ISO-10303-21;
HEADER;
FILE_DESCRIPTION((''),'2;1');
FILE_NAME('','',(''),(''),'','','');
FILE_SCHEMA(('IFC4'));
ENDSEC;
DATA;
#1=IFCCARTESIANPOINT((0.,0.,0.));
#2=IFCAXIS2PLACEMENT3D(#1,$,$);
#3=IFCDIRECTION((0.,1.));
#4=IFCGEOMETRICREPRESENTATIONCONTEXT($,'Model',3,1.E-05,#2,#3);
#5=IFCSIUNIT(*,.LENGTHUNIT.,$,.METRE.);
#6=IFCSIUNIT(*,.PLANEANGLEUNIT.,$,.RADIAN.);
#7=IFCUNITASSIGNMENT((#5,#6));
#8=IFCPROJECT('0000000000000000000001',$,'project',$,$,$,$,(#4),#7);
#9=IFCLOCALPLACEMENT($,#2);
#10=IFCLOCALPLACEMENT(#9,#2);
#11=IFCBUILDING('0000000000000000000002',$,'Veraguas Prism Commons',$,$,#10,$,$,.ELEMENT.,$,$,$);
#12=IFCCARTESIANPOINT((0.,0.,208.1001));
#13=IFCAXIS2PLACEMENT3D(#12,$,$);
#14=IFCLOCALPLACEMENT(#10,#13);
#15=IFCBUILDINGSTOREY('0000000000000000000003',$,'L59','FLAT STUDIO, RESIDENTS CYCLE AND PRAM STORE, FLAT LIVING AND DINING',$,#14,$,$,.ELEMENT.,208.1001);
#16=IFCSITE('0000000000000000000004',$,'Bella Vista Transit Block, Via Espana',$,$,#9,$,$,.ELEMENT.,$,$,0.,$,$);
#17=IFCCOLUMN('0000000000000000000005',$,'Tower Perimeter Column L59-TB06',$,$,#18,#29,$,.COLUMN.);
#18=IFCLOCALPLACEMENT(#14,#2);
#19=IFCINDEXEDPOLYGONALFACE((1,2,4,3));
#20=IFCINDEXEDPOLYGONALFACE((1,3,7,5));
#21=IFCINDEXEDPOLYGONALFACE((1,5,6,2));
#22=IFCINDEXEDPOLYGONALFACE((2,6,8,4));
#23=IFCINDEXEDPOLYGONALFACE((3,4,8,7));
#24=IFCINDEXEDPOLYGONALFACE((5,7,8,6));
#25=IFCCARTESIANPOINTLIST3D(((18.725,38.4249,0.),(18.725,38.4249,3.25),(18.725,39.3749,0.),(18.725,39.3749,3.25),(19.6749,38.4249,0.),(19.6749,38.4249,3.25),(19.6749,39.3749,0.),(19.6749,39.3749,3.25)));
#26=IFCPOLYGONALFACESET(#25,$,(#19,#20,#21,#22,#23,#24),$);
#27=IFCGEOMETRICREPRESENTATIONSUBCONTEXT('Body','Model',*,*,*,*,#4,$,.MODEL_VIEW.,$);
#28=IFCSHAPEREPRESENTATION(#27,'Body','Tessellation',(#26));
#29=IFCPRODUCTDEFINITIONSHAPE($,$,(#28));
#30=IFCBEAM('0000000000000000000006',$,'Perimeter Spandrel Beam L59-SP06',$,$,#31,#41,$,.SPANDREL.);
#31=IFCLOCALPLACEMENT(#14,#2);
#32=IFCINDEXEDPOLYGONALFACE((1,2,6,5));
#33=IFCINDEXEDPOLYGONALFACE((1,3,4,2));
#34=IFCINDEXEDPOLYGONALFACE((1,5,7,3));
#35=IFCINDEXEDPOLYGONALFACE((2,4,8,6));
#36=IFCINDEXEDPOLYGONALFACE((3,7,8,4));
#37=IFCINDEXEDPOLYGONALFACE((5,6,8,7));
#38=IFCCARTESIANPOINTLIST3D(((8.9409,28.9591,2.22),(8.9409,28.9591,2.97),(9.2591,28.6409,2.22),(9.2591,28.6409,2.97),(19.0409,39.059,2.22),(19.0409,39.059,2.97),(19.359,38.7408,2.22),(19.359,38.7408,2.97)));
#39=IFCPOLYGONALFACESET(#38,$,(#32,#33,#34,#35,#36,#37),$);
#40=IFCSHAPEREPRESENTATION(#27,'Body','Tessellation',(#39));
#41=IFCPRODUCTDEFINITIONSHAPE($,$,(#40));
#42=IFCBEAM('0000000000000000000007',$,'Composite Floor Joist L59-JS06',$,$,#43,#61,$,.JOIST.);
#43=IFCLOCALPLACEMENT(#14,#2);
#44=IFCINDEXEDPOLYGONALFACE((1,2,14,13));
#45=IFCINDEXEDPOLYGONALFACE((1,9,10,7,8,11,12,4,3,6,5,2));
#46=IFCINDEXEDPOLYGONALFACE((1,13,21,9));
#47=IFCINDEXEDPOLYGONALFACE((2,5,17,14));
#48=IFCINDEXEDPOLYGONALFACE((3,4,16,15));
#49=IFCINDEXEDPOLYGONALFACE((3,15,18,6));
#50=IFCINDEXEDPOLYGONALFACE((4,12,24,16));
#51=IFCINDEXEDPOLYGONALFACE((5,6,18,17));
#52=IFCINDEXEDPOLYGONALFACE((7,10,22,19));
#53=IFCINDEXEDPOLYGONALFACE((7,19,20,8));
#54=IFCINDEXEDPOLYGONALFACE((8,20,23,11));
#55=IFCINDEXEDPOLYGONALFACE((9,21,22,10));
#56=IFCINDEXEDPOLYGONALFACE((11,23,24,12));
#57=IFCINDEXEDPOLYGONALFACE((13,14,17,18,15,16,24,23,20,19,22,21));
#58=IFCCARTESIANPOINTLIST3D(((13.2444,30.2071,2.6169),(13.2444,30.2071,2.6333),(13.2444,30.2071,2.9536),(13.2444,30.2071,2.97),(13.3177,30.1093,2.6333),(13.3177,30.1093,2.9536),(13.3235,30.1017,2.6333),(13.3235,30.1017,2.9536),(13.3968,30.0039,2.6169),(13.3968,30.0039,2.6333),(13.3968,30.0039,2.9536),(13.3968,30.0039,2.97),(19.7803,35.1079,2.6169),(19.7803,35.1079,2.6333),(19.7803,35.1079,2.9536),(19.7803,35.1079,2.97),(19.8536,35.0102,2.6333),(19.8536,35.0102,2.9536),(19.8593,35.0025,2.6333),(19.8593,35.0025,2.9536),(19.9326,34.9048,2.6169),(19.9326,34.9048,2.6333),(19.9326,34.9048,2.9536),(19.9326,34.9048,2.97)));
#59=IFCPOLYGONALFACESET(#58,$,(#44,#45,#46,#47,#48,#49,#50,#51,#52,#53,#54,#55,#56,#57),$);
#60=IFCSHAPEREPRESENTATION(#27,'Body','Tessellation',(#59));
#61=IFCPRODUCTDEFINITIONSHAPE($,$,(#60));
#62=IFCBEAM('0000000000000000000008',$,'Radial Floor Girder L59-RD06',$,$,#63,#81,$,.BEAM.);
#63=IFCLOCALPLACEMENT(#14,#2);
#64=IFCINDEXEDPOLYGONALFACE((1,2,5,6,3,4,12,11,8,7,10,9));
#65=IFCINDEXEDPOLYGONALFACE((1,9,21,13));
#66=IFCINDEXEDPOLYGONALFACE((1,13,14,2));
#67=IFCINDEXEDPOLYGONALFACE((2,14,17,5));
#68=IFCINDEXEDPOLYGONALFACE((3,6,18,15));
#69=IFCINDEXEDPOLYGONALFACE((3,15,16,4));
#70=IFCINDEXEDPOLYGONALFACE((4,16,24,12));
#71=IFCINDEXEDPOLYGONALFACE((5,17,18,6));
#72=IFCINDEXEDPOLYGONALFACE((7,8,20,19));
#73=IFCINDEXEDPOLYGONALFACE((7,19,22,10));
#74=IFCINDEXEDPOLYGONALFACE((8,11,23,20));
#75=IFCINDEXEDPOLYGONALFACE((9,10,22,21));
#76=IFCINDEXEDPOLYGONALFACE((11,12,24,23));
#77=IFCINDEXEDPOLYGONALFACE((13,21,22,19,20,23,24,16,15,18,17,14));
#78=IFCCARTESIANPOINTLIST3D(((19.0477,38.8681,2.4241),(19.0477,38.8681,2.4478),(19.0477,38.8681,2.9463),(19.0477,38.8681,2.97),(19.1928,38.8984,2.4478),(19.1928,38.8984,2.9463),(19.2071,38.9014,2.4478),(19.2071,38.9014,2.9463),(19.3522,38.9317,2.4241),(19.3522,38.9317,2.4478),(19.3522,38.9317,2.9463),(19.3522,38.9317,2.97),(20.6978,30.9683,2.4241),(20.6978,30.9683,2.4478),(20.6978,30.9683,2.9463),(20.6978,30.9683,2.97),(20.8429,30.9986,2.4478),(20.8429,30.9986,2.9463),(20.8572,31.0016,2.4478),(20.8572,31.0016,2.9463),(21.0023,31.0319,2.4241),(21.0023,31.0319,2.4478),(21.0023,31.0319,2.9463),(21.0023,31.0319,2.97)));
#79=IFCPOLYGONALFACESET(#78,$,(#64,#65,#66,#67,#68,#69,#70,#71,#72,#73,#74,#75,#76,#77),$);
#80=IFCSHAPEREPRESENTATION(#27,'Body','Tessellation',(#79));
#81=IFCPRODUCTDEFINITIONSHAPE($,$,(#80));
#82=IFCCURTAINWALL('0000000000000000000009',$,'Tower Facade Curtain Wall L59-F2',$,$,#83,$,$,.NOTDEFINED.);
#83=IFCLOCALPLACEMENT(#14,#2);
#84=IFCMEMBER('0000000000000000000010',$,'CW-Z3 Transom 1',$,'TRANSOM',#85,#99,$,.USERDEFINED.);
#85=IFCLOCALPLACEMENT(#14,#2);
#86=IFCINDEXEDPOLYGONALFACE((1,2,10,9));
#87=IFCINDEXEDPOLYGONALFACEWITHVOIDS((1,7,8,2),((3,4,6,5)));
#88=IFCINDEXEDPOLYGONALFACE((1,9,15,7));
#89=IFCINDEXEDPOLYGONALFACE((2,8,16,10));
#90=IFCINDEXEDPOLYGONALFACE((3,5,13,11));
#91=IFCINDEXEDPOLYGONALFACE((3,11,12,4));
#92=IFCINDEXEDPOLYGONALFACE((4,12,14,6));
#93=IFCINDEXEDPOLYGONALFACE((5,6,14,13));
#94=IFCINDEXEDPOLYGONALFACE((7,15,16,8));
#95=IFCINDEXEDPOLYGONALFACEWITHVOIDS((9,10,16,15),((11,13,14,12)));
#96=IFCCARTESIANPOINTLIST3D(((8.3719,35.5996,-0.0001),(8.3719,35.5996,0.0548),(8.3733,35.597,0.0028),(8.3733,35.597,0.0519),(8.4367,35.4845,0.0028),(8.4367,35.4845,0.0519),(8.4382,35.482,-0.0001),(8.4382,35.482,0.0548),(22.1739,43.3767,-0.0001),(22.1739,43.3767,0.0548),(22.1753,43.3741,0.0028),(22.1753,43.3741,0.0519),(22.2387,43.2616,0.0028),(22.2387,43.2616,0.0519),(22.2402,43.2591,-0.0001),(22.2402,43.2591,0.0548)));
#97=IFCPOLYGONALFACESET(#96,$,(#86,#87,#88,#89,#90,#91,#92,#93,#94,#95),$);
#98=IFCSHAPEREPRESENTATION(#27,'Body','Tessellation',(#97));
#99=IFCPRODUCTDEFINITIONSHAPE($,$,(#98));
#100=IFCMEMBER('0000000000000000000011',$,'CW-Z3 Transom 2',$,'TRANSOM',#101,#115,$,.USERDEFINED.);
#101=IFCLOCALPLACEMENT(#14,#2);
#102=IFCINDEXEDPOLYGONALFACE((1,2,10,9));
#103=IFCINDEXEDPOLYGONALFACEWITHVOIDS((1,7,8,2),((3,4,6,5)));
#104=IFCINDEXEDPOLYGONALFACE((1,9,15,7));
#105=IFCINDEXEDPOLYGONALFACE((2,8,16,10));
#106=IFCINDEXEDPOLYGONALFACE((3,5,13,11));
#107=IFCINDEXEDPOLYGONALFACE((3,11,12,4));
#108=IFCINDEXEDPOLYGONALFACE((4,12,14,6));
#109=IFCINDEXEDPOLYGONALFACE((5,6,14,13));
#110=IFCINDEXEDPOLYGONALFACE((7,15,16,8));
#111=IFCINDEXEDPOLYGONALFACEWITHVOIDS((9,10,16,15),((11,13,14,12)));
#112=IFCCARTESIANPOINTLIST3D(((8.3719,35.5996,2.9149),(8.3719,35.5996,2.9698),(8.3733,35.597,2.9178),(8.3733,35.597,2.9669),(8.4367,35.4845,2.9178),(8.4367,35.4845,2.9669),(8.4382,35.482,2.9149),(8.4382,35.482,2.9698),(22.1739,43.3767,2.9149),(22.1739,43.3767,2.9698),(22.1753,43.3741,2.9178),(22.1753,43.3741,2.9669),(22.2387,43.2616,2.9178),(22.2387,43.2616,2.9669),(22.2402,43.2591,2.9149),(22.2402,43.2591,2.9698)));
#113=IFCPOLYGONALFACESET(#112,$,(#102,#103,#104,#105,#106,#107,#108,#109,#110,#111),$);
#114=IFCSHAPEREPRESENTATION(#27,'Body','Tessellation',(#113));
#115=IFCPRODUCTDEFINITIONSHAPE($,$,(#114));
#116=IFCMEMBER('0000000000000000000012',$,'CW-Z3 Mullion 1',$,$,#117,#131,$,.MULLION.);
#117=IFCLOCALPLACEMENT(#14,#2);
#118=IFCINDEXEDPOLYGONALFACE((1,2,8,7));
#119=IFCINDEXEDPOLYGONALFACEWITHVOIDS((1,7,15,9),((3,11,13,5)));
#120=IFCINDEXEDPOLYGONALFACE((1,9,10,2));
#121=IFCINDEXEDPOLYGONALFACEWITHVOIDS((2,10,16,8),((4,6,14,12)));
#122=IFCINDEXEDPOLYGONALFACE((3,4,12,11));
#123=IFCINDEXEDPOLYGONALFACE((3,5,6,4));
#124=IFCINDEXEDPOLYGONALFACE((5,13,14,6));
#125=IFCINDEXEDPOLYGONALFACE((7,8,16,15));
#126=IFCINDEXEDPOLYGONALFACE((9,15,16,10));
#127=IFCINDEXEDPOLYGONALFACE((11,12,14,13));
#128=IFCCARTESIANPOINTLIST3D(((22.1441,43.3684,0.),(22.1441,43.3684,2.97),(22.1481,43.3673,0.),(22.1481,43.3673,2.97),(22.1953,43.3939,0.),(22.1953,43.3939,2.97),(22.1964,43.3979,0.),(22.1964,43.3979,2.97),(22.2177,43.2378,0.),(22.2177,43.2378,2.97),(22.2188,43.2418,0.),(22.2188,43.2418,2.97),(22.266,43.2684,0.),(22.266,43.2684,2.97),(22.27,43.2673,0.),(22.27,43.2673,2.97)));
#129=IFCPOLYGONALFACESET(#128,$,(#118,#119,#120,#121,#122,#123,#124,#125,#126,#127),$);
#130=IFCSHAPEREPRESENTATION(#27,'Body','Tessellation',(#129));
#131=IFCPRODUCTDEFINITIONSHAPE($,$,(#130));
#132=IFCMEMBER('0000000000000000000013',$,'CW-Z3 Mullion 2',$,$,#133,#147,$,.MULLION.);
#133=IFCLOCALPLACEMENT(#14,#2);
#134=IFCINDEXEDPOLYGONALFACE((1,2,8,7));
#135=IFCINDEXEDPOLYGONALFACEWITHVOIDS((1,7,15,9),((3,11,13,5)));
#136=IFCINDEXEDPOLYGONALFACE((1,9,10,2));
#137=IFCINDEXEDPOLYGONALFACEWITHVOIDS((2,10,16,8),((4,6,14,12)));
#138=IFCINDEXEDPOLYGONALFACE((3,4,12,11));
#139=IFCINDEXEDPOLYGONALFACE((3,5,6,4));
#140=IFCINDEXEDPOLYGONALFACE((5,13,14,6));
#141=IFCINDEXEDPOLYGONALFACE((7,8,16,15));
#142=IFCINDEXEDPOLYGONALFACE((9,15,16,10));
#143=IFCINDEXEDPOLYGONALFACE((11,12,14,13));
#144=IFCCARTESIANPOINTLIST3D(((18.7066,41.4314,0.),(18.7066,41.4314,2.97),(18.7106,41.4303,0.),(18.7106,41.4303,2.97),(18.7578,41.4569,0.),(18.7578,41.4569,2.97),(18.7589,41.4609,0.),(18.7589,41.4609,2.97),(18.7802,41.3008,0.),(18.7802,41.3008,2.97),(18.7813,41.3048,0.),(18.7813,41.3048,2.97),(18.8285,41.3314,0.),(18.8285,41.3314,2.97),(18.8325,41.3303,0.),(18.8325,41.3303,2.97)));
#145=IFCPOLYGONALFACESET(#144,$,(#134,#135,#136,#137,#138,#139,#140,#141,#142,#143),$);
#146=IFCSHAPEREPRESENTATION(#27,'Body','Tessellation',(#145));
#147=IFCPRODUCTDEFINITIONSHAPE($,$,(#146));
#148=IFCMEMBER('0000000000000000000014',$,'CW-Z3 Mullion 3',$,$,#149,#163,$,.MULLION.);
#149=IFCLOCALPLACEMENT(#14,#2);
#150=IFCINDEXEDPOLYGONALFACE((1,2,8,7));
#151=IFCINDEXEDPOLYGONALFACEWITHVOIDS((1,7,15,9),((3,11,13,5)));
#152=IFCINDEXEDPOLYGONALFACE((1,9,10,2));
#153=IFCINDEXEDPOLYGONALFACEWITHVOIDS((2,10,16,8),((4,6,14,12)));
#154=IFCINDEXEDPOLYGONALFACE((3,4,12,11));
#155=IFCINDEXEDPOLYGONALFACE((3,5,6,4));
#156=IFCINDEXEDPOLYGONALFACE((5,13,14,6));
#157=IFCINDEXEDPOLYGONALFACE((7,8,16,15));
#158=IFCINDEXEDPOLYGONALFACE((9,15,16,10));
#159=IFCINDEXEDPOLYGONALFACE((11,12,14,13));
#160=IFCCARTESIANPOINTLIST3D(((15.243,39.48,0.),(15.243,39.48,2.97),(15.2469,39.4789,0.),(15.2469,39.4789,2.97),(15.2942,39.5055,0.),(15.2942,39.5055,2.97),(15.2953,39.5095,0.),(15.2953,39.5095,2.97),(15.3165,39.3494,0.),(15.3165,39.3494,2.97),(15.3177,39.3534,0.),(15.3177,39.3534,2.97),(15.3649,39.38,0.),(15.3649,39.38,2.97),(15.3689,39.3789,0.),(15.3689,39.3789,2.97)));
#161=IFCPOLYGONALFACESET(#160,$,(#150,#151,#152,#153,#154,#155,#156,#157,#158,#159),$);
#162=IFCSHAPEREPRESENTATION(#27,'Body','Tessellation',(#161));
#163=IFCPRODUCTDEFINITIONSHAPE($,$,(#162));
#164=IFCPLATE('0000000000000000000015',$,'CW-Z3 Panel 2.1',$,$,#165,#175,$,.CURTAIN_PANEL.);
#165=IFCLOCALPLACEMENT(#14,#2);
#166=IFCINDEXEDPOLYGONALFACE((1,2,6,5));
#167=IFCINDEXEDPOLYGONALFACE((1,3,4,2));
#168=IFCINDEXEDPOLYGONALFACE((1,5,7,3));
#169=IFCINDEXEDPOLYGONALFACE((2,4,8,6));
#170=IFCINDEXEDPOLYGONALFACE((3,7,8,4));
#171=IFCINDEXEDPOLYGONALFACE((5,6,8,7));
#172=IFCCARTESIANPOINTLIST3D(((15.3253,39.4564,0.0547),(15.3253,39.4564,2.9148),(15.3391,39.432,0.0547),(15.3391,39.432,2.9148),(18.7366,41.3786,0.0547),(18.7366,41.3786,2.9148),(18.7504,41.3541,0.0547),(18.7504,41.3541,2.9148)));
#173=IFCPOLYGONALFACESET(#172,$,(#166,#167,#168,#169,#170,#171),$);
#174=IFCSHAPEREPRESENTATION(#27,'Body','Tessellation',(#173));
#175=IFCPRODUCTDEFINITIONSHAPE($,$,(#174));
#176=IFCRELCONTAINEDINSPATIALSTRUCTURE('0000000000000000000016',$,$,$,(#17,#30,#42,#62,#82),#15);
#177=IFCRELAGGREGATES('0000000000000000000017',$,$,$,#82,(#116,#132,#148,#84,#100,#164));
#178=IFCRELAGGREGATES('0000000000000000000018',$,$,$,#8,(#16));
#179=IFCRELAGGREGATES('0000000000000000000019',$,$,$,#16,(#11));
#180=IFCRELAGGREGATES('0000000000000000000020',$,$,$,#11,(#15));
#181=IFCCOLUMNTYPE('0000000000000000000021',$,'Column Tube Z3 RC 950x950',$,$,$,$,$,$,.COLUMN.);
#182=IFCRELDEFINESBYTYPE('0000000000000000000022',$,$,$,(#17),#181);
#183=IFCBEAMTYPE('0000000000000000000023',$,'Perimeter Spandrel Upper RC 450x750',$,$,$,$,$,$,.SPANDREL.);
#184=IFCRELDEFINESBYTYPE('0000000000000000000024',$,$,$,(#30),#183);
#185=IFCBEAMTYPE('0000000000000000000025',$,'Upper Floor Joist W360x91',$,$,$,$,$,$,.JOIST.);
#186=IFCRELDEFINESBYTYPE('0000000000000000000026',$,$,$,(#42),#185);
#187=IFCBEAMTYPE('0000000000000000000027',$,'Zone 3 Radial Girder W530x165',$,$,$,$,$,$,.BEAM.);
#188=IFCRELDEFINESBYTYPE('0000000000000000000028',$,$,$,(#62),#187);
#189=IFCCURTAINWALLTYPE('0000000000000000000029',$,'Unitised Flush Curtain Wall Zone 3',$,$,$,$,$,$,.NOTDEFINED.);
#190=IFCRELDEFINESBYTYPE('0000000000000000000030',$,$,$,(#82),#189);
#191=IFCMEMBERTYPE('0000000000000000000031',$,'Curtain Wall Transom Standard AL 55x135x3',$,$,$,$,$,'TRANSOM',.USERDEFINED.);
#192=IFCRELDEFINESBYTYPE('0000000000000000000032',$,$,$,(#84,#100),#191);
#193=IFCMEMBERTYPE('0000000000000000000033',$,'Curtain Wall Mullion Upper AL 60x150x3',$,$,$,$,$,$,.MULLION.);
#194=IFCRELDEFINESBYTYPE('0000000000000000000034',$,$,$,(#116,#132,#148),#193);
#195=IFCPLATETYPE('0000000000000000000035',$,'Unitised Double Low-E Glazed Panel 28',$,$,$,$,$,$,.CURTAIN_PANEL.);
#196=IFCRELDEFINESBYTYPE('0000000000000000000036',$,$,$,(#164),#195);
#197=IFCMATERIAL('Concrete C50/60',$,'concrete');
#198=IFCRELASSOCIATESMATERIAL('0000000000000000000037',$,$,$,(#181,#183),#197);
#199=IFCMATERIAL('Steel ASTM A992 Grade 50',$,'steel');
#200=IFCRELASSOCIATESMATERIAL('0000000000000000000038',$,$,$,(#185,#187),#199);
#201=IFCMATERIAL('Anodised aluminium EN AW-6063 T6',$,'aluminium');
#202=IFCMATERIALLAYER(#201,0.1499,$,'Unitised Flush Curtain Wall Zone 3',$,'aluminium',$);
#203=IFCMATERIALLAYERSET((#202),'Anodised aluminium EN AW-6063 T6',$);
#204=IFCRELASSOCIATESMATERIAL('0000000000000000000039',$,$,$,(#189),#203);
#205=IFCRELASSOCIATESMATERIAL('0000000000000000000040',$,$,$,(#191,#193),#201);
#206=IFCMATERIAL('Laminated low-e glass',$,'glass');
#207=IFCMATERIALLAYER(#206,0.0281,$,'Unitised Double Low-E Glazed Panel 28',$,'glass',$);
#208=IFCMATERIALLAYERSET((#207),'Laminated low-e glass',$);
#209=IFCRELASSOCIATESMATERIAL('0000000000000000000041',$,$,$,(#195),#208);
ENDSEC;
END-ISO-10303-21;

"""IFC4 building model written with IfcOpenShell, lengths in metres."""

from ifc_helpers import new_model, si_unit, direction, frame, origin, origin_2d, place, context, subcontext, project, spatial, rectangle, hollow_rectangle, i_section, extrude, source, transform, mapped, material, layer, layer_set, material_profile, profile_set, type_object, element, aggregate, save


model = new_model("IFC4")

# Units and contexts
model_context = context("Model", 3, precision=1e-05, world=origin(), true_north=direction((0.0, 1.0)))
body_context = subcontext(model_context, "Body", "Model", "MODEL_VIEW")
ifc_project = project(units=[si_unit("LENGTHUNIT", "METRE"), si_unit("PLANEANGLEUNIT", "RADIAN")], contexts=[model_context])

# Site, building, storey
site_placement = place(None, origin())
site = spatial("IfcSite", under=ifc_project, at=site_placement, Name="Bella Vista Transit Block, Via Espana", CompositionType="ELEMENT", RefElevation=0.0)
building_placement = place(site_placement, origin())
building = spatial("IfcBuilding", under=site, at=building_placement, Name="Veraguas Prism Commons", CompositionType="ELEMENT")
storey_placement = place(building_placement, frame((0.0, 0.0, 208.1001)))
storey = spatial("IfcBuildingStorey", under=building, at=storey_placement, Name="L59", Description="FLAT STUDIO, RESIDENTS CYCLE AND PRAM STORE, FLAT LIVING AND DINING", CompositionType="ELEMENT", Elevation=208.1001)

# Column
ifc_material_1 = material(Name="Concrete C50/60", Category="concrete")
ifc_material_profile_1 = material_profile(ifc_material_1, rectangle(XDim=0.95, YDim=0.95, at=origin_2d()), Name="RC950X950")
ifc_profile_set_1 = profile_set([ifc_material_profile_1], Name="Concrete C50/60")
column_type = type_object("IfcColumnType", Name="Column Tube Z3 RC 950x950", PredefinedType="COLUMN", material=ifc_profile_set_1)
column_placement = place(storey_placement, frame((19.2, 38.8999, 0.0), z_axis=(0.0, 0.0, 1.0), x_axis=(1.0, 0.0, 0.0)))
element("IfcColumn", 1, at=column_placement, inside=storey, type_object=column_type, Name="Tower Perimeter Column L59-TB06", PredefinedType="COLUMN", context=body_context, shape_type="SweptSolid", body=[
    extrude(rectangle(XDim=0.95, YDim=0.95, at=origin_2d()), origin(), (0.0, 0.0, 1.0), 3.25),
])

# Beams
ifc_material_profile_2 = material_profile(ifc_material_1, rectangle(XDim=0.45, YDim=0.75, at=origin_2d()), Name="RC450X750")
ifc_profile_set_2 = profile_set([ifc_material_profile_2], Name="Concrete C50/60")
beam_type_1 = type_object("IfcBeamType", Name="Perimeter Spandrel Upper RC 450x750", PredefinedType="SPANDREL", material=ifc_profile_set_2)
beam_1_placement = place(storey_placement, frame((19.2, 38.8999, 2.595), z_axis=(-0.707107, -0.707107, 0.0), x_axis=(0.707107, -0.707107, 0.0)))
element("IfcBeam", 2, at=beam_1_placement, inside=storey, type_object=beam_type_1, Name="Perimeter Spandrel Beam L59-SP06", PredefinedType="SPANDREL", context=body_context, shape_type="SweptSolid", body=[
    extrude(rectangle(XDim=0.45, YDim=0.75, at=origin_2d()), origin(), (0.0, 0.0, 1.0), 14.2834),
])
ifc_material_2 = material(Name="Steel ASTM A992 Grade 50", Category="steel")
ifc_material_profile_3 = material_profile(ifc_material_2, i_section(OverallWidth=0.2539, OverallDepth=0.353, WebThickness=0.0095, FlangeThickness=0.0164, at=origin_2d()), Name="W360X91")
ifc_profile_set_3 = profile_set([ifc_material_profile_3], Name="Steel ASTM A992 Grade 50")
beam_type_2 = type_object("IfcBeamType", Name="Upper Floor Joist W360x91", PredefinedType="JOIST", material=ifc_profile_set_3)
beam_2_placement = place(storey_placement, frame((19.8564, 35.0063, 2.7935), z_axis=(-0.800061, -0.599919, 0.0), x_axis=(0.599919, -0.800061, 0.0)))
element("IfcBeam", 3, at=beam_2_placement, inside=storey, type_object=beam_type_2, Name="Composite Floor Joist L59-JS06", PredefinedType="JOIST", context=body_context, shape_type="SweptSolid", body=[
    extrude(i_section(OverallWidth=0.2539, OverallDepth=0.353, WebThickness=0.0095, FlangeThickness=0.0164, at=origin_2d()), origin(), (0.0, 0.0, 1.0), 8.1692),
])
ifc_material_profile_4 = material_profile(ifc_material_2, i_section(OverallWidth=0.311, OverallDepth=0.5459, WebThickness=0.0146, FlangeThickness=0.0237, at=origin_2d()), Name="W530X165")
ifc_profile_set_4 = profile_set([ifc_material_profile_4], Name="Steel ASTM A992 Grade 50")
beam_type_3 = type_object("IfcBeamType", Name="Zone 3 Radial Girder W530x165", PredefinedType="BEAM", material=ifc_profile_set_4)
beam_3_placement = place(storey_placement, frame((19.2, 38.8999, 2.697), z_axis=(0.204469, -0.978873, 0.0), x_axis=(0.978873, 0.204469, 0.0)))
element("IfcBeam", 4, at=beam_3_placement, inside=storey, type_object=beam_type_3, Name="Radial Floor Girder L59-RD06", PredefinedType="BEAM", context=body_context, shape_type="SweptSolid", body=[
    extrude(i_section(OverallWidth=0.311, OverallDepth=0.5459, WebThickness=0.0146, FlangeThickness=0.0237, at=origin_2d()), origin(), (0.0, 0.0, 1.0), 8.0703),
])

# Curtain wall, members, plate
ifc_material_3 = material(Name="Anodised aluminium EN AW-6063 T6", Category="aluminium")
ifc_layer_1 = layer(ifc_material_3, 0.1499, Name="Unitised Flush Curtain Wall Zone 3", Category="aluminium")
ifc_layer_set_1 = layer_set([ifc_layer_1], Name="Anodised aluminium EN AW-6063 T6")
curtain_wall_type = type_object("IfcCurtainWallType", Name="Unitised Flush Curtain Wall Zone 3", PredefinedType="NOTDEFINED", material=ifc_layer_set_1)
curtain_wall_placement = place(storey_placement, origin())
curtain_wall = element("IfcCurtainWall", 5, at=curtain_wall_placement, inside=storey, type_object=curtain_wall_type, Name="Tower Facade Curtain Wall L59-F2", PredefinedType="NOTDEFINED")
ifc_material_profile_5 = material_profile(ifc_material_3, hollow_rectangle(XDim=0.0549, YDim=0.135, WallThickness=0.0029, at=origin_2d()), Name="AL55X135X3")
ifc_profile_set_5 = profile_set([ifc_material_profile_5], Name="Anodised aluminium EN AW-6063 T6")
member_type_1 = type_object("IfcMemberType", Name="Curtain Wall Transom Standard AL 55x135x3", ElementType="TRANSOM", PredefinedType="USERDEFINED", material=ifc_profile_set_5)
shared_shape_1 = source(origin(), body_context, "Body", "SweptSolid", [
    extrude(hollow_rectangle(XDim=0.0549, YDim=0.135, WallThickness=0.0029, at=origin_2d()), origin(), (0.0, 0.0, 1.0), 15.8423),
])
member_1_placement = place(storey_placement, frame((22.207, 43.3179, 0.0273), z_axis=(-0.871212, -0.490907, 0.0), x_axis=(0.0, 0.0, 1.0)))
member_1 = element("IfcMember", 6, at=member_1_placement, type_object=member_type_1, Name="CW-Z3 Transom 1", ObjectType="TRANSOM", PredefinedType="USERDEFINED", context=body_context, shape_type="MappedRepresentation", body=[
    mapped(shared_shape_1, transform((0.0, 0.0, 0.0), scale=1.0)),
])
member_2_placement = place(storey_placement, frame((22.207, 43.3179, 2.9424), z_axis=(-0.871212, -0.490907, 0.0), x_axis=(0.0, 0.0, 1.0)))
member_2 = element("IfcMember", 7, at=member_2_placement, type_object=member_type_1, Name="CW-Z3 Transom 2", ObjectType="TRANSOM", PredefinedType="USERDEFINED", context=body_context, shape_type="MappedRepresentation", body=[
    mapped(shared_shape_1, transform((0.0, 0.0, 0.0), scale=1.0)),
])
ifc_material_profile_6 = material_profile(ifc_material_3, hollow_rectangle(XDim=0.0601, YDim=0.1499, WallThickness=0.0029, at=origin_2d()), Name="AL60X150X3")
ifc_profile_set_6 = profile_set([ifc_material_profile_6], Name="Anodised aluminium EN AW-6063 T6")
member_type_2 = type_object("IfcMemberType", Name="Curtain Wall Mullion Upper AL 60x150x3", PredefinedType="MULLION", material=ifc_profile_set_6)
shared_shape_2 = source(origin(), body_context, "Body", "SweptSolid", [
    extrude(hollow_rectangle(XDim=0.0601, YDim=0.1499, WallThickness=0.0029, at=origin_2d()), origin(), (0.0, 0.0, 1.0), 2.97),
])
member_3_placement = place(storey_placement, frame((22.207, 43.3179, 0.0), z_axis=(0.0, 0.0, 1.0), x_axis=(-0.871216, -0.490901, 0.0)))
member_3 = element("IfcMember", 8, at=member_3_placement, type_object=member_type_2, Name="CW-Z3 Mullion 1", PredefinedType="MULLION", context=body_context, shape_type="MappedRepresentation", body=[
    mapped(shared_shape_2, transform((0.0, 0.0, 0.0), scale=1.0)),
])
member_4_placement = place(storey_placement, frame((18.7695, 41.3809, 0.0), z_axis=(0.0, 0.0, 1.0), x_axis=(-0.871216, -0.490901, 0.0)))
member_4 = element("IfcMember", 9, at=member_4_placement, type_object=member_type_2, Name="CW-Z3 Mullion 2", PredefinedType="MULLION", context=body_context, shape_type="MappedRepresentation", body=[
    mapped(shared_shape_2, transform((0.0, 0.0, 0.0), scale=1.0)),
])
member_5_placement = place(storey_placement, frame((15.3059, 39.4294, 0.0), z_axis=(0.0, 0.0, 1.0), x_axis=(-0.871216, -0.490901, 0.0)))
member_5 = element("IfcMember", 10, at=member_5_placement, type_object=member_type_2, Name="CW-Z3 Mullion 3", PredefinedType="MULLION", context=body_context, shape_type="MappedRepresentation", body=[
    mapped(shared_shape_2, transform((0.0, 0.0, 0.0), scale=1.0)),
])
ifc_material_4 = material(Name="Laminated low-e glass", Category="glass")
ifc_layer_2 = layer(ifc_material_4, 0.0281, Name="Unitised Double Low-E Glazed Panel 28", Category="glass")
ifc_layer_set_2 = layer_set([ifc_layer_2], Name="Laminated low-e glass")
plate_type = type_object("IfcPlateType", Name="Unitised Double Low-E Glazed Panel 28", PredefinedType="CURTAIN_PANEL", material=ifc_layer_set_2)
shared_shape_3 = source(origin(), body_context, "Body", "SweptSolid", [
    extrude(rectangle(XDim=3.9155, YDim=0.0281, at=origin_2d()), origin(), (0.0, 0.0, 1.0), 2.8601),
])
plate_1_placement = place(storey_placement, frame((17.0378, 40.4053, 0.0547), z_axis=(0.0, 0.0, 1.0), x_axis=(-0.871216, -0.490901, 0.0)))
plate_1 = element("IfcPlate", 11, at=plate_1_placement, type_object=plate_type, Name="CW-Z3 Panel 2.1", PredefinedType="CURTAIN_PANEL", context=body_context, shape_type="MappedRepresentation", body=[
    mapped(shared_shape_3, transform((0.0, 0.0, 0.0), scale=1.0)),
])
aggregate(curtain_wall, [member_3, member_4, member_5, member_1, member_2, plate_1])

save(model, "model.ifc")
